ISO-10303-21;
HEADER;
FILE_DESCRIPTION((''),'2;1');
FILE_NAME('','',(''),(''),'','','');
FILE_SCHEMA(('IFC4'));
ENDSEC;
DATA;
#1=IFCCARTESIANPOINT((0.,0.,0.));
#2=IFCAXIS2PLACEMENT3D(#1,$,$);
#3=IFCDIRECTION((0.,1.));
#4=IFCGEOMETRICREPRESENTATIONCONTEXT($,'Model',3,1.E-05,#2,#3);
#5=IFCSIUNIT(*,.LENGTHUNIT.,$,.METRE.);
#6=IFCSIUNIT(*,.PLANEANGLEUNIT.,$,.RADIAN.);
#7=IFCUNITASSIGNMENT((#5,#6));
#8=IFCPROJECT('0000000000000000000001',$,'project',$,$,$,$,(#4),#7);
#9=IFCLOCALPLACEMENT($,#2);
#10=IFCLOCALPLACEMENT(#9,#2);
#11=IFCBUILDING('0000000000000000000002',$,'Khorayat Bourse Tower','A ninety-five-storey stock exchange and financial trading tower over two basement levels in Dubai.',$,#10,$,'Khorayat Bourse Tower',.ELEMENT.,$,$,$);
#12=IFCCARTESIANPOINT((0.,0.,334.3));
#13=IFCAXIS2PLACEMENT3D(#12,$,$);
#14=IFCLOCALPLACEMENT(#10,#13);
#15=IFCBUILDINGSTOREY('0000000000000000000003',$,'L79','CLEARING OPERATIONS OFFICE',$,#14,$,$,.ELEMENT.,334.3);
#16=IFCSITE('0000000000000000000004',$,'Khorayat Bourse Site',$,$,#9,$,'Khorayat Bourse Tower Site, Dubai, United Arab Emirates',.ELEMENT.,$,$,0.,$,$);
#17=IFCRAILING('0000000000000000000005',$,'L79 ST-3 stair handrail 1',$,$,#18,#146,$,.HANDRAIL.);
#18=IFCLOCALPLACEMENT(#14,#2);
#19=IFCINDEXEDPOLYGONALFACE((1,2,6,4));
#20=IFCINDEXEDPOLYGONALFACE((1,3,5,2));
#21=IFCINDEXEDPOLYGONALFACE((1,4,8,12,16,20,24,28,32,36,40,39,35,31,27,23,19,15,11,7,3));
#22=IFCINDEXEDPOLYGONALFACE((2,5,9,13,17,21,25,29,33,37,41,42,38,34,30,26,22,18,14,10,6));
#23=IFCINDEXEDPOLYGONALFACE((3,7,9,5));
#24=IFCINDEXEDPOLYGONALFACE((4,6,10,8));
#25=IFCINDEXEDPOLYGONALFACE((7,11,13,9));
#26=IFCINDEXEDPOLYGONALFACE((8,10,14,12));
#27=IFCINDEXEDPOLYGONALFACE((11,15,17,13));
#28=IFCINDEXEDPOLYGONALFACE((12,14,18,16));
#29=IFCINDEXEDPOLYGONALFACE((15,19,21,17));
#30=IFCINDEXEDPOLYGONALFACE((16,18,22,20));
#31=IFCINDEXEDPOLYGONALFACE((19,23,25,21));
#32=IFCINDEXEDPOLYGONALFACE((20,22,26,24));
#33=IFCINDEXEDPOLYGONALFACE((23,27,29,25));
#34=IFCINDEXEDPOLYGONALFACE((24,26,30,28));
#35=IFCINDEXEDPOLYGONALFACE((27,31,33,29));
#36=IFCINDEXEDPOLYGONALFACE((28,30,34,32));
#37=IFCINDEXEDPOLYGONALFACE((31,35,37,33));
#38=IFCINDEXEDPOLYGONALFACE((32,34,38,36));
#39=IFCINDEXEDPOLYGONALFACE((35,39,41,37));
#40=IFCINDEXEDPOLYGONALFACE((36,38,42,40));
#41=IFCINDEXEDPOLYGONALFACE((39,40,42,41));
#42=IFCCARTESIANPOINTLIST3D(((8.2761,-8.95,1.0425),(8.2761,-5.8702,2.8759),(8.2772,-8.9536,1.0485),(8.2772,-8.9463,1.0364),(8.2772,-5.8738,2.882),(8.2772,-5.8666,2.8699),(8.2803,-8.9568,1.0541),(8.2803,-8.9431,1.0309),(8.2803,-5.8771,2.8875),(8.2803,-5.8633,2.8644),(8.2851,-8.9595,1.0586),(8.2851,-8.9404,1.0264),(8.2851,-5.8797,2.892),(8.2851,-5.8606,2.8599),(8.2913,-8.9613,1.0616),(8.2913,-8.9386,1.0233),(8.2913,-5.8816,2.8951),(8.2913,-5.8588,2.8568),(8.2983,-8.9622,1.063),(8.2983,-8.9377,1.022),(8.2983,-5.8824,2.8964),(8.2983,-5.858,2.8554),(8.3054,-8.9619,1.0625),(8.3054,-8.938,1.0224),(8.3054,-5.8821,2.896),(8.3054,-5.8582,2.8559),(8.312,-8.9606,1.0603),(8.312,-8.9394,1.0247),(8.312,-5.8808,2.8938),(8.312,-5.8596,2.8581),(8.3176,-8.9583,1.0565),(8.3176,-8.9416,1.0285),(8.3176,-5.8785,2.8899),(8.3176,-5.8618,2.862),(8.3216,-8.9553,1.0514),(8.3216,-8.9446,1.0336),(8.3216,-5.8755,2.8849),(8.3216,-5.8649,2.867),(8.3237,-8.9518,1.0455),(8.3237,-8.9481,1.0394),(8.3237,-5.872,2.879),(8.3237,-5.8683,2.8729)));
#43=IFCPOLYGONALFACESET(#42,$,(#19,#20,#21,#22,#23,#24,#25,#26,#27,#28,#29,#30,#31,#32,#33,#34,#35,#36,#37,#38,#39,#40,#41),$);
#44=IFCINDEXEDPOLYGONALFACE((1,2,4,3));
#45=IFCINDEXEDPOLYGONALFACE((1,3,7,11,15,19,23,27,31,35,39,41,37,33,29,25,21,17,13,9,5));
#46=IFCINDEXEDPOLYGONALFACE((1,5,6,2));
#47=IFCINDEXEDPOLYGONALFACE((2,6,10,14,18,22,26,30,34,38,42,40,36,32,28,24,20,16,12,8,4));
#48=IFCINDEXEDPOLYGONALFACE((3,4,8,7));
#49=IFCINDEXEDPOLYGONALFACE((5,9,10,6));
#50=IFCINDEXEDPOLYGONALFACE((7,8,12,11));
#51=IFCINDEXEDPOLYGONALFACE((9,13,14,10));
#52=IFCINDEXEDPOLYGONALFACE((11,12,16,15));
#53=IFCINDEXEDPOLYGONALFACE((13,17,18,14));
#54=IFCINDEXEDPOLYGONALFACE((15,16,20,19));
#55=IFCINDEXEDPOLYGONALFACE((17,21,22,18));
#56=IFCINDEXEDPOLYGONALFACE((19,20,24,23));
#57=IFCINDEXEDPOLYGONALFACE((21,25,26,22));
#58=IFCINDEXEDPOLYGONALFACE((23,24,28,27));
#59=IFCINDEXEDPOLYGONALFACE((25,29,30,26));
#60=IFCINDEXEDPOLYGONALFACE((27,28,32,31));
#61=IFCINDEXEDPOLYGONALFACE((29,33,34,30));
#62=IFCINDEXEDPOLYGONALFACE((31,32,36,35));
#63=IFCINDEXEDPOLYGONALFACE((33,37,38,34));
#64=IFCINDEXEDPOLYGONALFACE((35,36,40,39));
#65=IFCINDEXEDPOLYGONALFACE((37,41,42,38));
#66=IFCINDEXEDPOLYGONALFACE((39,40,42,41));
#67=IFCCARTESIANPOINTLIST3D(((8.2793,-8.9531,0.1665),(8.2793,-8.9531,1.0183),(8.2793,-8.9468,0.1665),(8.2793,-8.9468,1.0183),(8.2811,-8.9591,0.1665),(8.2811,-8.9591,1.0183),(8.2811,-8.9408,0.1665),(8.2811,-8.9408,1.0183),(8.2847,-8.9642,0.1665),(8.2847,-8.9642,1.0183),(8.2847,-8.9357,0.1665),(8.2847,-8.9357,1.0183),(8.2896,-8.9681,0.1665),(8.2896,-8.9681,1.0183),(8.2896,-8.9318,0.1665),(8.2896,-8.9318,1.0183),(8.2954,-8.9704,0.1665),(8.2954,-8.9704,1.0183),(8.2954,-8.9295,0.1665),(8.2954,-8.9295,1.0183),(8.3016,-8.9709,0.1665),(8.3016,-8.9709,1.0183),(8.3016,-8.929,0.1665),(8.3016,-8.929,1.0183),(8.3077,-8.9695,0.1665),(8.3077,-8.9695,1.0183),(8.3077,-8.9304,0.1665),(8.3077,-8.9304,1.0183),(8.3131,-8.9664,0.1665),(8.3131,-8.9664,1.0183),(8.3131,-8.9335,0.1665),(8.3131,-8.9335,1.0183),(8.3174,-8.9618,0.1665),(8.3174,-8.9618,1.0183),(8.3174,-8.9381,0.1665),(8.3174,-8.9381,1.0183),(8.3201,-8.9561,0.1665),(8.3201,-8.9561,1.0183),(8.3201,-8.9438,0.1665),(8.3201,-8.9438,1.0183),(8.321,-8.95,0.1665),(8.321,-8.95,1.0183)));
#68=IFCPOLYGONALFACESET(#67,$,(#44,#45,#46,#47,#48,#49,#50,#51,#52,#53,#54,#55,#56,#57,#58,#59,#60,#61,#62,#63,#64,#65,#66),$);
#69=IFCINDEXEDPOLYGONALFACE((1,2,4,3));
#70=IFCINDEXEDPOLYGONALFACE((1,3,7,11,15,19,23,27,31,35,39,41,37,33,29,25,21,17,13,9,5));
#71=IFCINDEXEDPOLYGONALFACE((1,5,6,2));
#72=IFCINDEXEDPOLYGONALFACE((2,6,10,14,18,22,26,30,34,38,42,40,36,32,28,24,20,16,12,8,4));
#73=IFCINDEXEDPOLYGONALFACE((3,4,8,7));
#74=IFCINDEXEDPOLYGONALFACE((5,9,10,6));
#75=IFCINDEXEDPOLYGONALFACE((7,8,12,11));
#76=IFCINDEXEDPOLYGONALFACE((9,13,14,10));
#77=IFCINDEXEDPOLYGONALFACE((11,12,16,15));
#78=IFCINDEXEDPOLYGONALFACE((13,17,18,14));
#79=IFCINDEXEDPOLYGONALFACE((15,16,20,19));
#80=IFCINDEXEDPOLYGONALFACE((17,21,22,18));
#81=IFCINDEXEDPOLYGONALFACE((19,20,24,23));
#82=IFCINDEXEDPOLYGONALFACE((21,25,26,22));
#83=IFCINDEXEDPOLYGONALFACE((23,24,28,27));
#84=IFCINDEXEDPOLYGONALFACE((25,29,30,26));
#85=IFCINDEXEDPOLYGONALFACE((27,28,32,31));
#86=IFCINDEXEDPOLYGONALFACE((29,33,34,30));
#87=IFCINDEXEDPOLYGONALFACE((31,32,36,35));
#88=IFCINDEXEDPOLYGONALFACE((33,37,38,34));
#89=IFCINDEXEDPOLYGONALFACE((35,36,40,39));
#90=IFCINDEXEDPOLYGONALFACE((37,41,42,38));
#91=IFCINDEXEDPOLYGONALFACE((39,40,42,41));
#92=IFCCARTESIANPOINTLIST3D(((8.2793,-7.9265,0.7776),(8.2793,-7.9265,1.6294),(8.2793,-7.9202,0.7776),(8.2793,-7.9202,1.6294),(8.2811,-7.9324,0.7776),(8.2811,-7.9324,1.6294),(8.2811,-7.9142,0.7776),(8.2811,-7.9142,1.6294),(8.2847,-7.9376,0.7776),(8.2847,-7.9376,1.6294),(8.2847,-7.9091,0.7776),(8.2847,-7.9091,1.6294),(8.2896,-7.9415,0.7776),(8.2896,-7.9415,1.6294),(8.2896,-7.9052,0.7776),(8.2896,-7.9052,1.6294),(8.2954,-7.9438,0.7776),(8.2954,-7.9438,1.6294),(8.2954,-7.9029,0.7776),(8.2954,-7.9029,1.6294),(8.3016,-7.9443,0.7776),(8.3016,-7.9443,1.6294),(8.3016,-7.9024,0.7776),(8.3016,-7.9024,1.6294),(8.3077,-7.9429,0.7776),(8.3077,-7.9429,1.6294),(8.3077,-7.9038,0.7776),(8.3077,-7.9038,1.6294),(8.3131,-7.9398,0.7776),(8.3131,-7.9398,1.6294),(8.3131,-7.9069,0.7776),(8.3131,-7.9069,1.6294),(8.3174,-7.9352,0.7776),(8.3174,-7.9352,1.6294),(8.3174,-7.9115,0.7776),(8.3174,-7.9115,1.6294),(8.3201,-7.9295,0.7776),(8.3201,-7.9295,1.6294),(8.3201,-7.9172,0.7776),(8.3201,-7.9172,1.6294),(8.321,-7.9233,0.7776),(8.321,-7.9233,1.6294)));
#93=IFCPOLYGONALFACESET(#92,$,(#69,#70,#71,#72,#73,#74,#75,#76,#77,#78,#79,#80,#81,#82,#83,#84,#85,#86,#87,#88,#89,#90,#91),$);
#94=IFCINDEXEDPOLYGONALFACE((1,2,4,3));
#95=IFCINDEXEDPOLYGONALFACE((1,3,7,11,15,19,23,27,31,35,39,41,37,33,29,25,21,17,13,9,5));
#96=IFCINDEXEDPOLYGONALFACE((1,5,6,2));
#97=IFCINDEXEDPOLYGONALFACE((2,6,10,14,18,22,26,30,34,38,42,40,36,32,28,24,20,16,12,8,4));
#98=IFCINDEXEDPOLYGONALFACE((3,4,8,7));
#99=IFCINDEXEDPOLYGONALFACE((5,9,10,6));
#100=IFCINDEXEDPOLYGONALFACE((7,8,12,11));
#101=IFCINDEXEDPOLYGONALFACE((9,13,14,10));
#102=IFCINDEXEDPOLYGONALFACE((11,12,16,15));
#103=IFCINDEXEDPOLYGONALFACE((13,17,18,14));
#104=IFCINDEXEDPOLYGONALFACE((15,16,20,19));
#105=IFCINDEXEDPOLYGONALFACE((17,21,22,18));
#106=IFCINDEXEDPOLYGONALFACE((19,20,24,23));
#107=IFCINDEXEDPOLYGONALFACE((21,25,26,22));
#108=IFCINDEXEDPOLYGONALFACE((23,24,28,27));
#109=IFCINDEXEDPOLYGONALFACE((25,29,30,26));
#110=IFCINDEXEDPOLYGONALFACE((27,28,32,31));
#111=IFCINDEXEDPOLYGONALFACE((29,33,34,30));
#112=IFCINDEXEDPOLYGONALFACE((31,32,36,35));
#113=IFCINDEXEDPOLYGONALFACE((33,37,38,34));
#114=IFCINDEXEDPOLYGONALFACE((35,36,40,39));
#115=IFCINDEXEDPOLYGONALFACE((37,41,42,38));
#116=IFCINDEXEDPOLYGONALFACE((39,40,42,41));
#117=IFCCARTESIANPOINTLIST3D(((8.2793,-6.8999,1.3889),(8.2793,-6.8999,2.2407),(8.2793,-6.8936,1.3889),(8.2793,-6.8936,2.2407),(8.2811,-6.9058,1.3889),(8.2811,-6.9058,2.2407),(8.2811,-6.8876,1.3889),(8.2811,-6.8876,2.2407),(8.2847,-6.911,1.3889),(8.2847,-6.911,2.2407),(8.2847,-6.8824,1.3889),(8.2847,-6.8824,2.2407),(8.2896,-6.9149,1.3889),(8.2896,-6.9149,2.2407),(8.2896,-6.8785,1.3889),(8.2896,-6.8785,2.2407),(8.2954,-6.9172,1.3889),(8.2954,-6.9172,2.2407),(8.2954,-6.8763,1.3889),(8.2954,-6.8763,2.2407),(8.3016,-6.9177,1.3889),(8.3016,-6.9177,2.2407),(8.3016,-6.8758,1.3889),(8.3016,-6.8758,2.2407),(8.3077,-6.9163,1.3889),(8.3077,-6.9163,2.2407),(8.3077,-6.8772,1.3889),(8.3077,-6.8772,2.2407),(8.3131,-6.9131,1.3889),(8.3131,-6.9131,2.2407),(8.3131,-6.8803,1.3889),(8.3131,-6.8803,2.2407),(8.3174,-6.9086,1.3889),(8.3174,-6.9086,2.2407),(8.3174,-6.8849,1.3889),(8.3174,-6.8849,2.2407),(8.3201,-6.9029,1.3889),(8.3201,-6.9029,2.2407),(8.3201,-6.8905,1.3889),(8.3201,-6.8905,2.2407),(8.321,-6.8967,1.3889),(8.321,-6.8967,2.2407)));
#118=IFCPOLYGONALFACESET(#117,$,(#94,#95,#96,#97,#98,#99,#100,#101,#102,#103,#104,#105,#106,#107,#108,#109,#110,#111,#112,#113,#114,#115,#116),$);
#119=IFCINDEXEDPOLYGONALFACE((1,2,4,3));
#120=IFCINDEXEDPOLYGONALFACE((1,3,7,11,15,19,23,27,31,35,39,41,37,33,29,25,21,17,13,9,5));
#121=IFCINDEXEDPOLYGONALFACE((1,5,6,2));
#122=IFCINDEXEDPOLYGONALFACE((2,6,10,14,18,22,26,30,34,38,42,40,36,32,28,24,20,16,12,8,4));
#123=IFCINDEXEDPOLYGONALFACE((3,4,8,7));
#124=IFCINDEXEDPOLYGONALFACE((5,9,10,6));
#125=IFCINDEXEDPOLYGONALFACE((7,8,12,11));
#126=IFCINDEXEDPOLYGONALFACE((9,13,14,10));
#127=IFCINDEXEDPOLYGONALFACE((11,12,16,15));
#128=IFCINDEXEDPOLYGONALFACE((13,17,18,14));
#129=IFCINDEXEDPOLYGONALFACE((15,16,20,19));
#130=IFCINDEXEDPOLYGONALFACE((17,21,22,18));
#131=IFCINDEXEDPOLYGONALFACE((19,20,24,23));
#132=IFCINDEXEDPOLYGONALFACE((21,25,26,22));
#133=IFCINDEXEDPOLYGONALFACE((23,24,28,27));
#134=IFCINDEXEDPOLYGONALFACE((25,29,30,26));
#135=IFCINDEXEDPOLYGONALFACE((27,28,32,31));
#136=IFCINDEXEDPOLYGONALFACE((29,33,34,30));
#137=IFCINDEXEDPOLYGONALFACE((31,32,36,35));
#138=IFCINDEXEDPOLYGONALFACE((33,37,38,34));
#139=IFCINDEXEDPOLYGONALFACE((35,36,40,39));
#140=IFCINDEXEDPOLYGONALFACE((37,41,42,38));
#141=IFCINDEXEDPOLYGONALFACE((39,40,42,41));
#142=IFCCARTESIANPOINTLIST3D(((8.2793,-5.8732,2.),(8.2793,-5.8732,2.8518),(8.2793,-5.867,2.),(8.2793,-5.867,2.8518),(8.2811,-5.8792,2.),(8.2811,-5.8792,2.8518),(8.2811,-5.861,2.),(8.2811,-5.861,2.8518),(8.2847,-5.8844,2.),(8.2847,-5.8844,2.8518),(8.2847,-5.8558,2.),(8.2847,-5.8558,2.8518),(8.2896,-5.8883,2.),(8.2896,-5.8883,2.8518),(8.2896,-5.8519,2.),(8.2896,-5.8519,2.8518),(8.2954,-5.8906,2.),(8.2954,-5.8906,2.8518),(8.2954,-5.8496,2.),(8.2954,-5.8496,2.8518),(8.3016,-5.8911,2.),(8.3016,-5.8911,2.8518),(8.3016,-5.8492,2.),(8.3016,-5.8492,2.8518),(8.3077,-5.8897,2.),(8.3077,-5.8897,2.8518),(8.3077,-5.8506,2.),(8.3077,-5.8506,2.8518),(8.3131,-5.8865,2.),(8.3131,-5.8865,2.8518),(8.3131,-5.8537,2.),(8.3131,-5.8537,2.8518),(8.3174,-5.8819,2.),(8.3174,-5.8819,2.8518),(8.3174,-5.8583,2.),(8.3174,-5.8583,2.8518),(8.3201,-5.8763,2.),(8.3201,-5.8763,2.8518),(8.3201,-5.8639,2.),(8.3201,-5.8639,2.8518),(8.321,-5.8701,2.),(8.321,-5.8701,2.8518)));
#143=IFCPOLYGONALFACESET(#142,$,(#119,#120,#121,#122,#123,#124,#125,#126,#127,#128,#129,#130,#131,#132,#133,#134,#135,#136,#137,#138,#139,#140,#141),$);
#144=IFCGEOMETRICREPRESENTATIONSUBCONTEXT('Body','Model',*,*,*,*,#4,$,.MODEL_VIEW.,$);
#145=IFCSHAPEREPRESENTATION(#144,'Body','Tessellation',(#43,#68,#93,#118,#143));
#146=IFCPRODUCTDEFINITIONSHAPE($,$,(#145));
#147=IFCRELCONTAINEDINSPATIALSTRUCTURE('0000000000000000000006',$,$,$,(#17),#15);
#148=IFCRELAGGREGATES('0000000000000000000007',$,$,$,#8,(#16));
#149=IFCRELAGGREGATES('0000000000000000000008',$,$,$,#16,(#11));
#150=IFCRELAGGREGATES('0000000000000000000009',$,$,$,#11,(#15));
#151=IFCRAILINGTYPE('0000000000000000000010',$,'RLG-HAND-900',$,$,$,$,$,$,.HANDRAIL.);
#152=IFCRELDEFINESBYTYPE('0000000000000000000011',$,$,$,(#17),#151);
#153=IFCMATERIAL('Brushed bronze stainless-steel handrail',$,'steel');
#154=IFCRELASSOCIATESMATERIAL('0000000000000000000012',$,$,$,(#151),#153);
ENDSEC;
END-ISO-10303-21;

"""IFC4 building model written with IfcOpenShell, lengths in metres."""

from ifc_helpers import new_model, si_unit, direction, frame, origin, origin_2d, place, context, subcontext, project, spatial, circle, extrude, source, transform, mapped, material, type_object, element, save


model = new_model("IFC4")

# Units and contexts
model_context = context("Model", 3, precision=1e-05, world=origin(), true_north=direction((0.0, 1.0)))
body_context = subcontext(model_context, "Body", "Model", "MODEL_VIEW")
ifc_project = project(units=[si_unit("LENGTHUNIT", "METRE"), si_unit("PLANEANGLEUNIT", "RADIAN")], contexts=[model_context])

# Site, building, storey
site_placement = place(None, origin())
site = spatial("IfcSite", under=ifc_project, at=site_placement, Name="Khorayat Bourse Site", LongName="Khorayat Bourse Tower Site, Dubai, United Arab Emirates", CompositionType="ELEMENT", RefElevation=0.0)
building_placement = place(site_placement, origin())
building = spatial("IfcBuilding", under=site, at=building_placement, Name="Khorayat Bourse Tower", Description="A ninety-five-storey stock exchange and financial trading tower over two basement levels in Dubai.", LongName="Khorayat Bourse Tower", CompositionType="ELEMENT")
storey_placement = place(building_placement, frame((0.0, 0.0, 334.3)))
storey = spatial("IfcBuildingStorey", under=building, at=storey_placement, Name="L79", Description="CLEARING OPERATIONS OFFICE", CompositionType="ELEMENT", Elevation=334.3)

# Railing
ifc_material_1 = material(Name="Brushed bronze stainless-steel handrail", Category="steel")
railing_type_1 = type_object("IfcRailingType", Name="RLG-HAND-900", PredefinedType="HANDRAIL", material=ifc_material_1)
shared_shape_1 = source(origin(), body_context, "Body", "SweptSolid", [
    extrude(circle(Radius=0.0239, at=origin_2d()), frame((0.0, 0.0, 0.876), z_axis=(0.0, 0.859261, 0.511538), x_axis=(-1.0, 0.0, 0.0)), (0.0, 0.0, 1.0), 3.5842),
    extrude(circle(Radius=0.021, at=origin_2d()), origin(), (0.0, 0.0, 1.0), 0.8518),
    extrude(circle(Radius=0.021, at=origin_2d()), frame((0.0, 1.0266, 0.6111)), (0.0, 0.0, 1.0), 0.8518),
    extrude(circle(Radius=0.021, at=origin_2d()), frame((0.0, 2.0532, 1.2224)), (0.0, 0.0, 1.0), 0.8518),
    extrude(circle(Radius=0.021, at=origin_2d()), frame((0.0, 3.0798, 1.8335)), (0.0, 0.0, 1.0), 0.8518),
])
railing_1_placement = place(storey_placement, frame((8.3, -8.95, 0.1665)))
element("IfcRailing", 1, at=railing_1_placement, inside=storey, type_object=railing_type_1, Name="L79 ST-3 stair handrail 1", PredefinedType="HANDRAIL", context=body_context, shape_type="MappedRepresentation", body=[
    mapped(shared_shape_1, transform((0.0, 0.0, 0.0), scale=1.0)),
])

save(model, "model.ifc")
